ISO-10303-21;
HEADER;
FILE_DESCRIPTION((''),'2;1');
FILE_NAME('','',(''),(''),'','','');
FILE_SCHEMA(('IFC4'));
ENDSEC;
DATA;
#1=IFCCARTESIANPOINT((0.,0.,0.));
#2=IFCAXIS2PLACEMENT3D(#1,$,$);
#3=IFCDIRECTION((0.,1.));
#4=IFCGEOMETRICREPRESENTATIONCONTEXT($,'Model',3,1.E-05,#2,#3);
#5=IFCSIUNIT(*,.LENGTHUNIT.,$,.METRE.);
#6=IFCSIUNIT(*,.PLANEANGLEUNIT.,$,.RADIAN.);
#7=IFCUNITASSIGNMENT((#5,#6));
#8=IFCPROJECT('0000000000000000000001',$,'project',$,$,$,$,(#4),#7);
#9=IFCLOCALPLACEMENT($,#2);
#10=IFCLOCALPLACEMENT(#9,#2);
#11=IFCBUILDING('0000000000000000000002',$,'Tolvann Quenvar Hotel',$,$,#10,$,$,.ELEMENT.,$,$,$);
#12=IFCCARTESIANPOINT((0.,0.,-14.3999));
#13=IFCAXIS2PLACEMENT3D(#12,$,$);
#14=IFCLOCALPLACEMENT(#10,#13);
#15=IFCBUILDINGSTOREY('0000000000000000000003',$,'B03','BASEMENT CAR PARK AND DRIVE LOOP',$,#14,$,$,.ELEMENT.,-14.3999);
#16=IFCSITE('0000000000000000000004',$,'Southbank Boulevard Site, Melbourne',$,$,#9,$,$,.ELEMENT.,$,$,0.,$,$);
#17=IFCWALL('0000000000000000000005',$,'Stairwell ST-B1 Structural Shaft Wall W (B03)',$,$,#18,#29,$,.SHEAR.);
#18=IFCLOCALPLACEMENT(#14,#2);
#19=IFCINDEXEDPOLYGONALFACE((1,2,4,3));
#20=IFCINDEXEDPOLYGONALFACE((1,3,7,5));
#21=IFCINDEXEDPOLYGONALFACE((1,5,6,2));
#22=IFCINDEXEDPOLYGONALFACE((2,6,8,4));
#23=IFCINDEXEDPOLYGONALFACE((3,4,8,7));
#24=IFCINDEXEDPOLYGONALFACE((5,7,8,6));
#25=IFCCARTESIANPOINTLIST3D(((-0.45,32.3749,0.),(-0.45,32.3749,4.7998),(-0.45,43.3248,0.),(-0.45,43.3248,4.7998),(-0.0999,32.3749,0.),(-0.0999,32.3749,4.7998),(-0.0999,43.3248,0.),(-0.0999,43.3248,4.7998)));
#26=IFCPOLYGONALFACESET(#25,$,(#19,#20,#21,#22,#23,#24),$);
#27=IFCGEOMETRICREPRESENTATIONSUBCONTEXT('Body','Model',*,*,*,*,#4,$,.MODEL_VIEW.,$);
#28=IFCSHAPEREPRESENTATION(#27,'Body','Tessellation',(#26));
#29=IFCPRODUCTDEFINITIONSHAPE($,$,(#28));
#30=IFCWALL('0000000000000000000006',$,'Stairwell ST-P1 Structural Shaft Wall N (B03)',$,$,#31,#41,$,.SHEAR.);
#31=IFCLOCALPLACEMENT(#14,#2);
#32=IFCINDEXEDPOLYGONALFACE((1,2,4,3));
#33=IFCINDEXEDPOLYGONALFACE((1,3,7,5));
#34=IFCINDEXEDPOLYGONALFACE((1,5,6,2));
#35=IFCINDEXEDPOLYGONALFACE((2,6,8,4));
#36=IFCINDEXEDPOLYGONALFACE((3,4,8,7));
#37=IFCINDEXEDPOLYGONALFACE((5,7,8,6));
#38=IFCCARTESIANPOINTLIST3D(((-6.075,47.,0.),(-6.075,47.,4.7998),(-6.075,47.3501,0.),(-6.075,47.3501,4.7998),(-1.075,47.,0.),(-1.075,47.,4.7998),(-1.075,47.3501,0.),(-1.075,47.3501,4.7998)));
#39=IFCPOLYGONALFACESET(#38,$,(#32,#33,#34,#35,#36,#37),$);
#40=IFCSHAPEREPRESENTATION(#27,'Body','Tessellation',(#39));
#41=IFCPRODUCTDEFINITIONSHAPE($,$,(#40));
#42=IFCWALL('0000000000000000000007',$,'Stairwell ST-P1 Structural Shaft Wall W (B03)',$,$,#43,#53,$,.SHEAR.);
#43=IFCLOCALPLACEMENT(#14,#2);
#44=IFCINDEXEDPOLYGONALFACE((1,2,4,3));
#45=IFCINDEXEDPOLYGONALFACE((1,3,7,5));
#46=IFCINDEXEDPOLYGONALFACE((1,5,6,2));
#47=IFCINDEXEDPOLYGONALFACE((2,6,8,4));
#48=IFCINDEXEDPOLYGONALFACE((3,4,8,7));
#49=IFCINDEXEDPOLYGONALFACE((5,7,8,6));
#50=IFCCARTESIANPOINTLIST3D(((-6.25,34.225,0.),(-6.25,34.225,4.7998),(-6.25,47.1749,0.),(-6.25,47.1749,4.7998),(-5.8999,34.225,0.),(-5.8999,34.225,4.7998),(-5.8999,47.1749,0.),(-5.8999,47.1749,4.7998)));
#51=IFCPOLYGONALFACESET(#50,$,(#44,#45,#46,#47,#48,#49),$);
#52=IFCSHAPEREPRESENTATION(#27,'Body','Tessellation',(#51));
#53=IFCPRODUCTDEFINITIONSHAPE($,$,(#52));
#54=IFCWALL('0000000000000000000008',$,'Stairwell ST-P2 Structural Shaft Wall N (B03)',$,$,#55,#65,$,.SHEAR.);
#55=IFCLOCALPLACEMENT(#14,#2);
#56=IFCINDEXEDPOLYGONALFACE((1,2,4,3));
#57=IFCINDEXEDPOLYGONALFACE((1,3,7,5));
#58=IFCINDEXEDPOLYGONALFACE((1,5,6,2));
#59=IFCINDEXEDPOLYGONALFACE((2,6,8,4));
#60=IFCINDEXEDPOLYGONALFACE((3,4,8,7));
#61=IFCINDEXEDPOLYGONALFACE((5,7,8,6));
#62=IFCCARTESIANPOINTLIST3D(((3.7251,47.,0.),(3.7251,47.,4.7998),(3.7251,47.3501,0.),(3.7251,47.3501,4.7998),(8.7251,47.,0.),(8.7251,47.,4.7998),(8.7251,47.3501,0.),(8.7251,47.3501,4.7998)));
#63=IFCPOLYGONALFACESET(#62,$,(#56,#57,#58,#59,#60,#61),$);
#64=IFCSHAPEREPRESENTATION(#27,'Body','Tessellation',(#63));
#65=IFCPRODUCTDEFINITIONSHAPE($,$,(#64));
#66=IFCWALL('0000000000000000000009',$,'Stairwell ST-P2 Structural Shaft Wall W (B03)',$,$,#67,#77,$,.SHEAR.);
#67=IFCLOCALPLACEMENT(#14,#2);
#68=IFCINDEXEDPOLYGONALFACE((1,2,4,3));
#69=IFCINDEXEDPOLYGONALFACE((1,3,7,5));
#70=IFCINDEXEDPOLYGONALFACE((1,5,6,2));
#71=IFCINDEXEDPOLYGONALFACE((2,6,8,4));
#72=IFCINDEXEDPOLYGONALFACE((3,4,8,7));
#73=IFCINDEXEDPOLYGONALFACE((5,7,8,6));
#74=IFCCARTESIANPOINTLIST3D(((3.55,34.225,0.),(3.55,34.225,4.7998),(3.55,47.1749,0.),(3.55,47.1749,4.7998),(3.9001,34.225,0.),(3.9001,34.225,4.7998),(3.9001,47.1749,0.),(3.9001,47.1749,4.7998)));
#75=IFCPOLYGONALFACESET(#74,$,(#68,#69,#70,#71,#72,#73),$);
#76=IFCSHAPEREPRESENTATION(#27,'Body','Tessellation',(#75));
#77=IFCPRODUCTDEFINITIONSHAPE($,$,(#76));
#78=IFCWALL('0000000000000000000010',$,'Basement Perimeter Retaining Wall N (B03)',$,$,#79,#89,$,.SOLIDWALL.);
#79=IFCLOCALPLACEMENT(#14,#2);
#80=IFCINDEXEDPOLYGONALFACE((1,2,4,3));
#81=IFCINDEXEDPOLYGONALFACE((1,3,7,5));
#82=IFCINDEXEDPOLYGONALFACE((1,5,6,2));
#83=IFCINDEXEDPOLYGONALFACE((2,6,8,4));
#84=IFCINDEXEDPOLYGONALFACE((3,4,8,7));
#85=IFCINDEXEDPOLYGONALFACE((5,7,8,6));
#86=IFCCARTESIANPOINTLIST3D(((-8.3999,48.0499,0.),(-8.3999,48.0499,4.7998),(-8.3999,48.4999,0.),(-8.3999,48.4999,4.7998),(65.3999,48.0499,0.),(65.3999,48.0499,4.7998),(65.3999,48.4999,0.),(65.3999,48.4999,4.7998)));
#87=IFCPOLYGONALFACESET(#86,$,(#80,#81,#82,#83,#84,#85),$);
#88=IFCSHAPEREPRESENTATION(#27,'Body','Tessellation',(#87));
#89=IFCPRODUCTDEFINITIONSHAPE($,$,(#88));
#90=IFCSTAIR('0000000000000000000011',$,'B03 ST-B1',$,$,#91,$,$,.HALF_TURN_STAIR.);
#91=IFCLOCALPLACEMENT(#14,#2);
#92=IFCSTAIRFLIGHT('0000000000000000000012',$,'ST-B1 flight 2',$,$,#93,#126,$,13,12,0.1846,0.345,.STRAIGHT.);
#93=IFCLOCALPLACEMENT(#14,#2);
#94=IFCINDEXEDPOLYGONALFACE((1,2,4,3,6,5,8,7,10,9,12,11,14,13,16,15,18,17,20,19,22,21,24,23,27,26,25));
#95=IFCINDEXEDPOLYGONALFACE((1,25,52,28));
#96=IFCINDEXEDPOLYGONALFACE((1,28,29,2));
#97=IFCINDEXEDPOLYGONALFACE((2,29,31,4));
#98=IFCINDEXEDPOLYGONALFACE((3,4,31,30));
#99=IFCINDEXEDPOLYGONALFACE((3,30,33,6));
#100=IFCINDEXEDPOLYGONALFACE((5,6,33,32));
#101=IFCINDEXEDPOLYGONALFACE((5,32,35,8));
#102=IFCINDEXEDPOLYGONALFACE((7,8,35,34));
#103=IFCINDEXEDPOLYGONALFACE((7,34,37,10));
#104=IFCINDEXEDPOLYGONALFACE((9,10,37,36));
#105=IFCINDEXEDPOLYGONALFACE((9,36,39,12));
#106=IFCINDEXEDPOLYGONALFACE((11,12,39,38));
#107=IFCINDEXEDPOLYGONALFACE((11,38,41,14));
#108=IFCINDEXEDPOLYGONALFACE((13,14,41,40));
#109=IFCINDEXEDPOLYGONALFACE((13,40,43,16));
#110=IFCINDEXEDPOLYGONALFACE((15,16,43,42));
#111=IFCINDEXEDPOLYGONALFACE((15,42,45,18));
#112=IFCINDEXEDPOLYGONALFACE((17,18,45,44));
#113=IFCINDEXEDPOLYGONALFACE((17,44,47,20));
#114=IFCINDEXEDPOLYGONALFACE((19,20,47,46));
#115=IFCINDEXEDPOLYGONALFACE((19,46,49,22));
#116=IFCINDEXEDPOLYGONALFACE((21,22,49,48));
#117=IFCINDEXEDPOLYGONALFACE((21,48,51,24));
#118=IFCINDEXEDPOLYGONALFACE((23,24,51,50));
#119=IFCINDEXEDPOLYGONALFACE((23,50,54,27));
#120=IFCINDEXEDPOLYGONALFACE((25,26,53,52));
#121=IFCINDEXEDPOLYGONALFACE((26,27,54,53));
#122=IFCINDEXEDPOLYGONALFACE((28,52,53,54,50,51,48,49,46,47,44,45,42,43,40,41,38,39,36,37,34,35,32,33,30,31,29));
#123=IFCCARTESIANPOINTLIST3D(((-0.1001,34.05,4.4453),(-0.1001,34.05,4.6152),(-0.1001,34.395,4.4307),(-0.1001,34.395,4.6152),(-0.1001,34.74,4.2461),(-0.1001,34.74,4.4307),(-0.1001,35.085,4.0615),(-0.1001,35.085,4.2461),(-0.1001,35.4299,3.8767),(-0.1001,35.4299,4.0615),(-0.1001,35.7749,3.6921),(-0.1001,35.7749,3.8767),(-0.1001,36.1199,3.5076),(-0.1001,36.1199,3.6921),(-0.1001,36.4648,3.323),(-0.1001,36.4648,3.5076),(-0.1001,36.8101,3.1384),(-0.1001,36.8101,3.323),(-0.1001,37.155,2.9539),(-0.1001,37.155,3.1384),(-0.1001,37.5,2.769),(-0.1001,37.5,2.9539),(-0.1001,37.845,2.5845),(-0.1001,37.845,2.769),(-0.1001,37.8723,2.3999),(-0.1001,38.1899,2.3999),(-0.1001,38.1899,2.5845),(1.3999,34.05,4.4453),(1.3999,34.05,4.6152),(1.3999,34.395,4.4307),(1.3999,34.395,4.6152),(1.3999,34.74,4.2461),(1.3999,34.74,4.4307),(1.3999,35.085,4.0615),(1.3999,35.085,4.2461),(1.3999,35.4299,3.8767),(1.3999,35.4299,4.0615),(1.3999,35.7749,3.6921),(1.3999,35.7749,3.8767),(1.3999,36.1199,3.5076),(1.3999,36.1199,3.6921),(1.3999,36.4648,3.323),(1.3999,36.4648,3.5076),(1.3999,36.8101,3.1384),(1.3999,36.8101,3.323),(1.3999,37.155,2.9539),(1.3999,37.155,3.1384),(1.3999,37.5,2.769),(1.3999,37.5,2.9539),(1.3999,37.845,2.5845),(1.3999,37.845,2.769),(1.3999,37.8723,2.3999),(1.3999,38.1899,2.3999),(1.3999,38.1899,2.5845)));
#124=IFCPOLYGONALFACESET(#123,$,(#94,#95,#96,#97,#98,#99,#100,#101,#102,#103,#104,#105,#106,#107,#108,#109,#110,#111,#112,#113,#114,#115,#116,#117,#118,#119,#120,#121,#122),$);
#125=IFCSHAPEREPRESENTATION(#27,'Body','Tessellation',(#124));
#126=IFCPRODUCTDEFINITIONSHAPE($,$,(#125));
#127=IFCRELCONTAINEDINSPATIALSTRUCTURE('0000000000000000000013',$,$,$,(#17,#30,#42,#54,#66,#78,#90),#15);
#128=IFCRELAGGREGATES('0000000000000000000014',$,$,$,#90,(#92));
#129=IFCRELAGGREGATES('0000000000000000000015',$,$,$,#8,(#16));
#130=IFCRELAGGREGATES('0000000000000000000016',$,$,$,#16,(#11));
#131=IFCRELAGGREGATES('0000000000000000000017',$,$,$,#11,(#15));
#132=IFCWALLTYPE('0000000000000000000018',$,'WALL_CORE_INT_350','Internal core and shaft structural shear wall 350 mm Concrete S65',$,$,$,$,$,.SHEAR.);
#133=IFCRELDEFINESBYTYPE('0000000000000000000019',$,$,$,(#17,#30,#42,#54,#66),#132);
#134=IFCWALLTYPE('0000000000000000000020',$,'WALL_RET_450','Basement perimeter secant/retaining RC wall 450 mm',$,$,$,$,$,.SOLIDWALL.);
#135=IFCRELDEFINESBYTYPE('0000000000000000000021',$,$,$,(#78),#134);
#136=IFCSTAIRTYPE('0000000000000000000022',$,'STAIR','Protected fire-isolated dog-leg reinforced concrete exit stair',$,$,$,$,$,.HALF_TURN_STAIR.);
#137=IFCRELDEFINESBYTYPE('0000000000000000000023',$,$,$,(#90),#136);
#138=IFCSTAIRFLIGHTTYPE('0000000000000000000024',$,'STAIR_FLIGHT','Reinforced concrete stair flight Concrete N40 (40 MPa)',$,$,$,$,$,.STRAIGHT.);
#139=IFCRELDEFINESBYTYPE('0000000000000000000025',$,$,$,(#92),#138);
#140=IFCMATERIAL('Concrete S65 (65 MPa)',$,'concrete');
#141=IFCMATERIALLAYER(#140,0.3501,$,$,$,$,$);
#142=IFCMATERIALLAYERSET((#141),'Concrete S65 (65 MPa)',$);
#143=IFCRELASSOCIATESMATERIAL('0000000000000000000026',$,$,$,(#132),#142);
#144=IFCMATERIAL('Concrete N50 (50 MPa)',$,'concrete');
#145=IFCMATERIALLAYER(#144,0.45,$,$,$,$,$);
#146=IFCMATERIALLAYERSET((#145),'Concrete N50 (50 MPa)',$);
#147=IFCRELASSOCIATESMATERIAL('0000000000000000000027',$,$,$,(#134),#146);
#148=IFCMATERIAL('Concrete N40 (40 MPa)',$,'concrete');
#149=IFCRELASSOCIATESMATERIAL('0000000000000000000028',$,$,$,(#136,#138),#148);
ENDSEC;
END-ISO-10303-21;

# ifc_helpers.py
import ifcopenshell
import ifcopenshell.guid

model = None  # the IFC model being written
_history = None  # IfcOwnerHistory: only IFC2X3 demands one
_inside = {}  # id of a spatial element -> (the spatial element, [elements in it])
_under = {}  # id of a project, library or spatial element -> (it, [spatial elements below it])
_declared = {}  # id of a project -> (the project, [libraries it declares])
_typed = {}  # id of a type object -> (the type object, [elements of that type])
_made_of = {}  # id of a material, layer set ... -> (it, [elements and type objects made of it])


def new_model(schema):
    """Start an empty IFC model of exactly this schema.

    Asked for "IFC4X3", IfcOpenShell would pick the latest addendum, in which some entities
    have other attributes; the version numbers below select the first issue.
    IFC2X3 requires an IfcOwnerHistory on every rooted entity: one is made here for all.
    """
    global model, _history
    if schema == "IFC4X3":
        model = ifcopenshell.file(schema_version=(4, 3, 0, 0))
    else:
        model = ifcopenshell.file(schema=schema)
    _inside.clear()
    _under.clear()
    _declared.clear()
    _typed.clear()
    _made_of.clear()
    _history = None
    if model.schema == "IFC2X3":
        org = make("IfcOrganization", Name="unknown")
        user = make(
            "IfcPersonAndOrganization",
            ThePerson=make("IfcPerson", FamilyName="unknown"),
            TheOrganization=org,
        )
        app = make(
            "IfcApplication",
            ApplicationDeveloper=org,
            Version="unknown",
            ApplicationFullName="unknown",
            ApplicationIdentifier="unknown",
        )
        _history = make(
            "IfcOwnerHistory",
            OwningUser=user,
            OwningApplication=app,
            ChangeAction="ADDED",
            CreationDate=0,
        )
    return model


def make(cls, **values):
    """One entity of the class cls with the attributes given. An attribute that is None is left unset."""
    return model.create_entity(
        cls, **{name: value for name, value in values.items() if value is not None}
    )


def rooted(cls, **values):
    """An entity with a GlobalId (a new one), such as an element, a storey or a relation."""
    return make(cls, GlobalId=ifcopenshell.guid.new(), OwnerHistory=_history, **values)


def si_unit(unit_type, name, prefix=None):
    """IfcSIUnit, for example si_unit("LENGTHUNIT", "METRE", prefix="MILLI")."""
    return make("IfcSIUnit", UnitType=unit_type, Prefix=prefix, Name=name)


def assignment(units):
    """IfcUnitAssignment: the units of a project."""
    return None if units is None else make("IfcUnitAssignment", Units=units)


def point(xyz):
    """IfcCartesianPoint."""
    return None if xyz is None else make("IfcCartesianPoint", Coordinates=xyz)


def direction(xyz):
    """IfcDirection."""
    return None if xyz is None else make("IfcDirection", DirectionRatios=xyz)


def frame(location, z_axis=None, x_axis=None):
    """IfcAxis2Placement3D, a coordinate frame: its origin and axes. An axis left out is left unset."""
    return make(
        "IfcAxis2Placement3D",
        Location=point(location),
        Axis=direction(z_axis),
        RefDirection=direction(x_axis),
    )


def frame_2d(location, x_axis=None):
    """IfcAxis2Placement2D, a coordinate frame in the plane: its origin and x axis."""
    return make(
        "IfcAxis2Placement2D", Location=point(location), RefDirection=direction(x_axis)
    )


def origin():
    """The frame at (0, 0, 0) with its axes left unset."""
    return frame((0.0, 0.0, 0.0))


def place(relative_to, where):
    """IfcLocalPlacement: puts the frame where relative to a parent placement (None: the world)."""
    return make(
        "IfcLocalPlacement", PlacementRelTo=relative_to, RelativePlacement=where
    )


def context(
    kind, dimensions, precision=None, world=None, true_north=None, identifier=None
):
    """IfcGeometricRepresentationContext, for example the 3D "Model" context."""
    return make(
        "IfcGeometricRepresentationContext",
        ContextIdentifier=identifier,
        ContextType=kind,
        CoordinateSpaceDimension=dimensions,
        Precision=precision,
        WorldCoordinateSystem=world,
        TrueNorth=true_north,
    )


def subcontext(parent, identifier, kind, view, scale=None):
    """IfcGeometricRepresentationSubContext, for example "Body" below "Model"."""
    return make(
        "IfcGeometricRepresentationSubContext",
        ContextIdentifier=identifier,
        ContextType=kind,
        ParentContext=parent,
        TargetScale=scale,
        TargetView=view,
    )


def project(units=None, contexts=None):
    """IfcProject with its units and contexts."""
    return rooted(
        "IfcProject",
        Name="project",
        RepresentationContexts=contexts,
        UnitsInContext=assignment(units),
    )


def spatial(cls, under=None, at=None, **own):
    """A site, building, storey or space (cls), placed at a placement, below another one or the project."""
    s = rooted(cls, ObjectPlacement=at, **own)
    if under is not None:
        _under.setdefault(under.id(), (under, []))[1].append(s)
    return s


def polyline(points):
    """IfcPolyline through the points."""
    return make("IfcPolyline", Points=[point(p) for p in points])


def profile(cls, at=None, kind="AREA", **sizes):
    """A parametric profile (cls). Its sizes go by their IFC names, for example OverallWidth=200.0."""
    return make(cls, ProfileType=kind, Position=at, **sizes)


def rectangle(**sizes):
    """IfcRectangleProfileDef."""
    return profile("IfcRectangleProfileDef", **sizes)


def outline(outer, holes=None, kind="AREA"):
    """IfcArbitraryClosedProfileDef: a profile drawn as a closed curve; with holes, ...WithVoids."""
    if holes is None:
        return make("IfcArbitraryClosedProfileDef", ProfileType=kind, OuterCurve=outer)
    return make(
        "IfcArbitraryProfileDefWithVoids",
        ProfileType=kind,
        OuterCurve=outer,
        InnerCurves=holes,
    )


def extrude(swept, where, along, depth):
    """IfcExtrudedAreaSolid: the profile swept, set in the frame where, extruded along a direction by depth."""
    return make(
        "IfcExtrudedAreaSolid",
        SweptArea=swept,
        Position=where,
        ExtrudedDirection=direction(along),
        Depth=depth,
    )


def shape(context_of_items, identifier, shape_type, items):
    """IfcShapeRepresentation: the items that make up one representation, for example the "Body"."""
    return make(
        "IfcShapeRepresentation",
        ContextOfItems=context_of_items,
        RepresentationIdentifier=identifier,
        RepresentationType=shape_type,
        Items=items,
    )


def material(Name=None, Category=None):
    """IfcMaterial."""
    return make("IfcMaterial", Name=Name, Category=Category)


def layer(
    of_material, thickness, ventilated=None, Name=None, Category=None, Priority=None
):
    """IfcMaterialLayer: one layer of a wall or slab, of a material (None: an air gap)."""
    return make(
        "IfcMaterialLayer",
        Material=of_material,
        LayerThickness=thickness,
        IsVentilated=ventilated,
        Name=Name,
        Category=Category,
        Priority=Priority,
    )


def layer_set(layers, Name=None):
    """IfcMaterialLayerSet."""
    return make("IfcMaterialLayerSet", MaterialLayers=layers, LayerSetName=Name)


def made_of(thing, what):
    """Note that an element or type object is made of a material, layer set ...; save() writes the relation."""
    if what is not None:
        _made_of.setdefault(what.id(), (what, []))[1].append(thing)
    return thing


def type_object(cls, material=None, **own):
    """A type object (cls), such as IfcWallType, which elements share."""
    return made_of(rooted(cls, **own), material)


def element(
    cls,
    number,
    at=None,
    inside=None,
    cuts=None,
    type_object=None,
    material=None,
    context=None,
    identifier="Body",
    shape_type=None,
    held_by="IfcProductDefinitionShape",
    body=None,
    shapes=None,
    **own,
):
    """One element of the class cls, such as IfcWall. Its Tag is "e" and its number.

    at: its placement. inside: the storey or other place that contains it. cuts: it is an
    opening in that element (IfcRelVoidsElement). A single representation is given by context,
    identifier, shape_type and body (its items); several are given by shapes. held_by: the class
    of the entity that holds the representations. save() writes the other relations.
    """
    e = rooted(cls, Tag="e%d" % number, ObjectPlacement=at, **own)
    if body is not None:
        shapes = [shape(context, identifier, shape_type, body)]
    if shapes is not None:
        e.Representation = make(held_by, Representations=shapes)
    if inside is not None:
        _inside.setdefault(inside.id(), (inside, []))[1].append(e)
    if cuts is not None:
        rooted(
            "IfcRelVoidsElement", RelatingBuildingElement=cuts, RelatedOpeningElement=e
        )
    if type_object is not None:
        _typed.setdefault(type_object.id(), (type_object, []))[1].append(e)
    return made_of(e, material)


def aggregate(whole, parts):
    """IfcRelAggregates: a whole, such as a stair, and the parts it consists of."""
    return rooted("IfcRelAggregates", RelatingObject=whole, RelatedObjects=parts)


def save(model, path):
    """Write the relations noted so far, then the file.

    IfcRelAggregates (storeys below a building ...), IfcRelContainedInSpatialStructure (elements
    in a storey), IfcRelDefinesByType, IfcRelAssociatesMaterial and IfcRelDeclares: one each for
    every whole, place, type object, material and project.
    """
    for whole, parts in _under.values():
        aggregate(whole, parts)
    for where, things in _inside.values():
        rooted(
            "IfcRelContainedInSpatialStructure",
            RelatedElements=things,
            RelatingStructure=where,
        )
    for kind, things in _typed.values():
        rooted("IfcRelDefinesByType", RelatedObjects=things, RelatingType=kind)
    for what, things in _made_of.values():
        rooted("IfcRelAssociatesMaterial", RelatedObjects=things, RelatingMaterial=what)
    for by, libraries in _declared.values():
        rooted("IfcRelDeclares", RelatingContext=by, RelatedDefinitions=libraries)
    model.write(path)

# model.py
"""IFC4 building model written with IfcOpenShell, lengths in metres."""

from ifc_helpers import new_model, si_unit, direction, frame, frame_2d, origin, place, context, subcontext, project, spatial, polyline, rectangle, outline, extrude, material, layer, layer_set, type_object, element, aggregate, save


model = new_model("IFC4")

# Units and contexts
model_context = context("Model", 3, precision=1e-05, world=origin(), true_north=direction((0.0, 1.0)))
body_context = subcontext(model_context, "Body", "Model", "MODEL_VIEW")
ifc_project = project(units=[si_unit("LENGTHUNIT", "METRE"), si_unit("PLANEANGLEUNIT", "RADIAN")], contexts=[model_context])

# Site, building, storey
site_placement = place(None, origin())
site = spatial("IfcSite", under=ifc_project, at=site_placement, Name="Southbank Boulevard Site, Melbourne", CompositionType="ELEMENT", RefElevation=0.0)
building_placement = place(site_placement, origin())
building = spatial("IfcBuilding", under=site, at=building_placement, Name="Tolvann Quenvar Hotel", CompositionType="ELEMENT")
storey_placement = place(building_placement, frame((0.0, 0.0, -14.3999)))
storey = spatial("IfcBuildingStorey", under=building, at=storey_placement, Name="B03", Description="BASEMENT CAR PARK AND DRIVE LOOP", CompositionType="ELEMENT", Elevation=-14.3999)

# Shared definitions
ifc_material_1 = material(Name="Concrete N50 (50 MPa)", Category="concrete")
ifc_material_2 = material(Name="Concrete S65 (65 MPa)", Category="concrete")

# Walls
ifc_layer_1 = layer(ifc_material_2, 0.3501)
ifc_layer_set_1 = layer_set([ifc_layer_1], Name="Concrete S65 (65 MPa)")
wall_type_1 = type_object("IfcWallType", Name="WALL_CORE_INT_350", Description="Internal core and shaft structural shear wall 350 mm Concrete S65", PredefinedType="SHEAR", material=ifc_layer_set_1)
wall_1_placement = place(storey_placement, frame((-0.2749, 43.325, 0.0), z_axis=(0.0, 0.0, 1.0), x_axis=(0.0, -1.0, 0.0)))
element("IfcWall", 1, at=wall_1_placement, inside=storey, type_object=wall_type_1, Name="Stairwell ST-B1 Structural Shaft Wall W (B03)", PredefinedType="SHEAR", context=body_context, shape_type="SweptSolid", body=[
    extrude(rectangle(XDim=10.95, YDim=0.3501, at=frame_2d((5.4751, 0.0))), origin(), (0.0, 0.0, 1.0), 4.7998),
])
wall_2_placement = place(storey_placement, frame((-1.075, 47.175, 0.0), z_axis=(0.0, 0.0, 1.0), x_axis=(-1.0, 0.0, 0.0)))
element("IfcWall", 2, at=wall_2_placement, inside=storey, type_object=wall_type_1, Name="Stairwell ST-P1 Structural Shaft Wall N (B03)", PredefinedType="SHEAR", context=body_context, shape_type="SweptSolid", body=[
    extrude(rectangle(XDim=5.0, YDim=0.3501, at=frame_2d((2.5, 0.0))), origin(), (0.0, 0.0, 1.0), 4.7998),
])
wall_3_placement = place(storey_placement, frame((-6.075, 47.175, 0.0), z_axis=(0.0, 0.0, 1.0), x_axis=(0.0, -1.0, 0.0)))
element("IfcWall", 3, at=wall_3_placement, inside=storey, type_object=wall_type_1, Name="Stairwell ST-P1 Structural Shaft Wall W (B03)", PredefinedType="SHEAR", context=body_context, shape_type="SweptSolid", body=[
    extrude(rectangle(XDim=12.95, YDim=0.3501, at=frame_2d((6.4751, 0.0))), origin(), (0.0, 0.0, 1.0), 4.7998),
])
wall_4_placement = place(storey_placement, frame((8.7251, 47.175, 0.0), z_axis=(0.0, 0.0, 1.0), x_axis=(-1.0, 0.0, 0.0)))
element("IfcWall", 4, at=wall_4_placement, inside=storey, type_object=wall_type_1, Name="Stairwell ST-P2 Structural Shaft Wall N (B03)", PredefinedType="SHEAR", context=body_context, shape_type="SweptSolid", body=[
    extrude(rectangle(XDim=5.0, YDim=0.3501, at=frame_2d((2.5, 0.0))), origin(), (0.0, 0.0, 1.0), 4.7998),
])
wall_5_placement = place(storey_placement, frame((3.7251, 47.175, 0.0), z_axis=(0.0, 0.0, 1.0), x_axis=(0.0, -1.0, 0.0)))
element("IfcWall", 5, at=wall_5_placement, inside=storey, type_object=wall_type_1, Name="Stairwell ST-P2 Structural Shaft Wall W (B03)", PredefinedType="SHEAR", context=body_context, shape_type="SweptSolid", body=[
    extrude(rectangle(XDim=12.95, YDim=0.3501, at=frame_2d((6.4751, 0.0))), origin(), (0.0, 0.0, 1.0), 4.7998),
])

# Wall
ifc_layer_2 = layer(ifc_material_1, 0.45)
ifc_layer_set_2 = layer_set([ifc_layer_2], Name="Concrete N50 (50 MPa)")
wall_type_2 = type_object("IfcWallType", Name="WALL_RET_450", Description="Basement perimeter secant/retaining RC wall 450 mm", PredefinedType="SOLIDWALL", material=ifc_layer_set_2)
wall_6_placement = place(storey_placement, frame((-8.3999, 48.2749, 0.0), z_axis=(0.0, 0.0, 1.0), x_axis=(1.0, 0.0, 0.0)))
element("IfcWall", 6, at=wall_6_placement, inside=storey, type_object=wall_type_2, Name="Basement Perimeter Retaining Wall N (B03)", PredefinedType="SOLIDWALL", context=body_context, shape_type="SweptSolid", body=[
    extrude(rectangle(XDim=73.7998, YDim=0.45, at=frame_2d((36.8999, 0.0))), origin(), (0.0, 0.0, 1.0), 4.7998),
])

# Stair, stair flight
ifc_material_3 = material(Name="Concrete N40 (40 MPa)", Category="concrete")
stair_type = type_object("IfcStairType", Name="STAIR", Description="Protected fire-isolated dog-leg reinforced concrete exit stair", PredefinedType="HALF_TURN_STAIR", material=ifc_material_3)
stair_placement = place(storey_placement, origin())
stair = element("IfcStair", 7, at=stair_placement, inside=storey, type_object=stair_type, Name="B03 ST-B1", PredefinedType="HALF_TURN_STAIR")
stair_flight_type = type_object("IfcStairFlightType", Name="STAIR_FLIGHT", Description="Reinforced concrete stair flight Concrete N40 (40 MPa)", PredefinedType="STRAIGHT", material=ifc_material_3)
stair_flight_placement = place(storey_placement, frame((0.6499, 38.1899, 2.3999), z_axis=(0.0, 0.0, 1.0), x_axis=(0.0, -1.0, 0.0)))
stair_flight = element("IfcStairFlight", 8, at=stair_flight_placement, type_object=stair_flight_type, Name="ST-B1 flight 2", NumberOfRisers=13, NumberOfTreads=12, PredefinedType="STRAIGHT", RiserHeight=0.1846, TreadLength=0.345, context=body_context, shape_type="SweptSolid", body=[
    extrude(outline(polyline([(0.0, 0.0), (0.0, 0.1846), (0.345, 0.1846), (0.345, 0.3691), (0.6899, 0.3691), (0.6899, 0.554), (1.0349, 0.554), (1.0349, 0.7385), (1.3799, 0.7385), (1.3799, 0.9231), (1.7251, 0.9231), (1.7251, 1.1077), (2.0701, 1.1077), (2.0701, 1.2922), (2.415, 1.2922), (2.415, 1.4768), (2.76, 1.4768), (2.76, 1.6616), (3.105, 1.6616), (3.105, 1.8462), (3.45, 1.8462), (3.45, 2.0308), (3.7949, 2.0308), (3.7949, 2.2153), (4.1399, 2.2153), (4.1399, 2.3999), (4.1399, 2.0454), (0.3176, 0.0), (0.0, 0.0)])), frame((0.0, 0.75, 0.0), z_axis=(0.0, -1.0, 0.0), x_axis=(1.0, 0.0, 0.0)), (0.0, 0.0, 1.0), 1.5),
])
aggregate(stair, [stair_flight])

save(model, "model.ifc")
